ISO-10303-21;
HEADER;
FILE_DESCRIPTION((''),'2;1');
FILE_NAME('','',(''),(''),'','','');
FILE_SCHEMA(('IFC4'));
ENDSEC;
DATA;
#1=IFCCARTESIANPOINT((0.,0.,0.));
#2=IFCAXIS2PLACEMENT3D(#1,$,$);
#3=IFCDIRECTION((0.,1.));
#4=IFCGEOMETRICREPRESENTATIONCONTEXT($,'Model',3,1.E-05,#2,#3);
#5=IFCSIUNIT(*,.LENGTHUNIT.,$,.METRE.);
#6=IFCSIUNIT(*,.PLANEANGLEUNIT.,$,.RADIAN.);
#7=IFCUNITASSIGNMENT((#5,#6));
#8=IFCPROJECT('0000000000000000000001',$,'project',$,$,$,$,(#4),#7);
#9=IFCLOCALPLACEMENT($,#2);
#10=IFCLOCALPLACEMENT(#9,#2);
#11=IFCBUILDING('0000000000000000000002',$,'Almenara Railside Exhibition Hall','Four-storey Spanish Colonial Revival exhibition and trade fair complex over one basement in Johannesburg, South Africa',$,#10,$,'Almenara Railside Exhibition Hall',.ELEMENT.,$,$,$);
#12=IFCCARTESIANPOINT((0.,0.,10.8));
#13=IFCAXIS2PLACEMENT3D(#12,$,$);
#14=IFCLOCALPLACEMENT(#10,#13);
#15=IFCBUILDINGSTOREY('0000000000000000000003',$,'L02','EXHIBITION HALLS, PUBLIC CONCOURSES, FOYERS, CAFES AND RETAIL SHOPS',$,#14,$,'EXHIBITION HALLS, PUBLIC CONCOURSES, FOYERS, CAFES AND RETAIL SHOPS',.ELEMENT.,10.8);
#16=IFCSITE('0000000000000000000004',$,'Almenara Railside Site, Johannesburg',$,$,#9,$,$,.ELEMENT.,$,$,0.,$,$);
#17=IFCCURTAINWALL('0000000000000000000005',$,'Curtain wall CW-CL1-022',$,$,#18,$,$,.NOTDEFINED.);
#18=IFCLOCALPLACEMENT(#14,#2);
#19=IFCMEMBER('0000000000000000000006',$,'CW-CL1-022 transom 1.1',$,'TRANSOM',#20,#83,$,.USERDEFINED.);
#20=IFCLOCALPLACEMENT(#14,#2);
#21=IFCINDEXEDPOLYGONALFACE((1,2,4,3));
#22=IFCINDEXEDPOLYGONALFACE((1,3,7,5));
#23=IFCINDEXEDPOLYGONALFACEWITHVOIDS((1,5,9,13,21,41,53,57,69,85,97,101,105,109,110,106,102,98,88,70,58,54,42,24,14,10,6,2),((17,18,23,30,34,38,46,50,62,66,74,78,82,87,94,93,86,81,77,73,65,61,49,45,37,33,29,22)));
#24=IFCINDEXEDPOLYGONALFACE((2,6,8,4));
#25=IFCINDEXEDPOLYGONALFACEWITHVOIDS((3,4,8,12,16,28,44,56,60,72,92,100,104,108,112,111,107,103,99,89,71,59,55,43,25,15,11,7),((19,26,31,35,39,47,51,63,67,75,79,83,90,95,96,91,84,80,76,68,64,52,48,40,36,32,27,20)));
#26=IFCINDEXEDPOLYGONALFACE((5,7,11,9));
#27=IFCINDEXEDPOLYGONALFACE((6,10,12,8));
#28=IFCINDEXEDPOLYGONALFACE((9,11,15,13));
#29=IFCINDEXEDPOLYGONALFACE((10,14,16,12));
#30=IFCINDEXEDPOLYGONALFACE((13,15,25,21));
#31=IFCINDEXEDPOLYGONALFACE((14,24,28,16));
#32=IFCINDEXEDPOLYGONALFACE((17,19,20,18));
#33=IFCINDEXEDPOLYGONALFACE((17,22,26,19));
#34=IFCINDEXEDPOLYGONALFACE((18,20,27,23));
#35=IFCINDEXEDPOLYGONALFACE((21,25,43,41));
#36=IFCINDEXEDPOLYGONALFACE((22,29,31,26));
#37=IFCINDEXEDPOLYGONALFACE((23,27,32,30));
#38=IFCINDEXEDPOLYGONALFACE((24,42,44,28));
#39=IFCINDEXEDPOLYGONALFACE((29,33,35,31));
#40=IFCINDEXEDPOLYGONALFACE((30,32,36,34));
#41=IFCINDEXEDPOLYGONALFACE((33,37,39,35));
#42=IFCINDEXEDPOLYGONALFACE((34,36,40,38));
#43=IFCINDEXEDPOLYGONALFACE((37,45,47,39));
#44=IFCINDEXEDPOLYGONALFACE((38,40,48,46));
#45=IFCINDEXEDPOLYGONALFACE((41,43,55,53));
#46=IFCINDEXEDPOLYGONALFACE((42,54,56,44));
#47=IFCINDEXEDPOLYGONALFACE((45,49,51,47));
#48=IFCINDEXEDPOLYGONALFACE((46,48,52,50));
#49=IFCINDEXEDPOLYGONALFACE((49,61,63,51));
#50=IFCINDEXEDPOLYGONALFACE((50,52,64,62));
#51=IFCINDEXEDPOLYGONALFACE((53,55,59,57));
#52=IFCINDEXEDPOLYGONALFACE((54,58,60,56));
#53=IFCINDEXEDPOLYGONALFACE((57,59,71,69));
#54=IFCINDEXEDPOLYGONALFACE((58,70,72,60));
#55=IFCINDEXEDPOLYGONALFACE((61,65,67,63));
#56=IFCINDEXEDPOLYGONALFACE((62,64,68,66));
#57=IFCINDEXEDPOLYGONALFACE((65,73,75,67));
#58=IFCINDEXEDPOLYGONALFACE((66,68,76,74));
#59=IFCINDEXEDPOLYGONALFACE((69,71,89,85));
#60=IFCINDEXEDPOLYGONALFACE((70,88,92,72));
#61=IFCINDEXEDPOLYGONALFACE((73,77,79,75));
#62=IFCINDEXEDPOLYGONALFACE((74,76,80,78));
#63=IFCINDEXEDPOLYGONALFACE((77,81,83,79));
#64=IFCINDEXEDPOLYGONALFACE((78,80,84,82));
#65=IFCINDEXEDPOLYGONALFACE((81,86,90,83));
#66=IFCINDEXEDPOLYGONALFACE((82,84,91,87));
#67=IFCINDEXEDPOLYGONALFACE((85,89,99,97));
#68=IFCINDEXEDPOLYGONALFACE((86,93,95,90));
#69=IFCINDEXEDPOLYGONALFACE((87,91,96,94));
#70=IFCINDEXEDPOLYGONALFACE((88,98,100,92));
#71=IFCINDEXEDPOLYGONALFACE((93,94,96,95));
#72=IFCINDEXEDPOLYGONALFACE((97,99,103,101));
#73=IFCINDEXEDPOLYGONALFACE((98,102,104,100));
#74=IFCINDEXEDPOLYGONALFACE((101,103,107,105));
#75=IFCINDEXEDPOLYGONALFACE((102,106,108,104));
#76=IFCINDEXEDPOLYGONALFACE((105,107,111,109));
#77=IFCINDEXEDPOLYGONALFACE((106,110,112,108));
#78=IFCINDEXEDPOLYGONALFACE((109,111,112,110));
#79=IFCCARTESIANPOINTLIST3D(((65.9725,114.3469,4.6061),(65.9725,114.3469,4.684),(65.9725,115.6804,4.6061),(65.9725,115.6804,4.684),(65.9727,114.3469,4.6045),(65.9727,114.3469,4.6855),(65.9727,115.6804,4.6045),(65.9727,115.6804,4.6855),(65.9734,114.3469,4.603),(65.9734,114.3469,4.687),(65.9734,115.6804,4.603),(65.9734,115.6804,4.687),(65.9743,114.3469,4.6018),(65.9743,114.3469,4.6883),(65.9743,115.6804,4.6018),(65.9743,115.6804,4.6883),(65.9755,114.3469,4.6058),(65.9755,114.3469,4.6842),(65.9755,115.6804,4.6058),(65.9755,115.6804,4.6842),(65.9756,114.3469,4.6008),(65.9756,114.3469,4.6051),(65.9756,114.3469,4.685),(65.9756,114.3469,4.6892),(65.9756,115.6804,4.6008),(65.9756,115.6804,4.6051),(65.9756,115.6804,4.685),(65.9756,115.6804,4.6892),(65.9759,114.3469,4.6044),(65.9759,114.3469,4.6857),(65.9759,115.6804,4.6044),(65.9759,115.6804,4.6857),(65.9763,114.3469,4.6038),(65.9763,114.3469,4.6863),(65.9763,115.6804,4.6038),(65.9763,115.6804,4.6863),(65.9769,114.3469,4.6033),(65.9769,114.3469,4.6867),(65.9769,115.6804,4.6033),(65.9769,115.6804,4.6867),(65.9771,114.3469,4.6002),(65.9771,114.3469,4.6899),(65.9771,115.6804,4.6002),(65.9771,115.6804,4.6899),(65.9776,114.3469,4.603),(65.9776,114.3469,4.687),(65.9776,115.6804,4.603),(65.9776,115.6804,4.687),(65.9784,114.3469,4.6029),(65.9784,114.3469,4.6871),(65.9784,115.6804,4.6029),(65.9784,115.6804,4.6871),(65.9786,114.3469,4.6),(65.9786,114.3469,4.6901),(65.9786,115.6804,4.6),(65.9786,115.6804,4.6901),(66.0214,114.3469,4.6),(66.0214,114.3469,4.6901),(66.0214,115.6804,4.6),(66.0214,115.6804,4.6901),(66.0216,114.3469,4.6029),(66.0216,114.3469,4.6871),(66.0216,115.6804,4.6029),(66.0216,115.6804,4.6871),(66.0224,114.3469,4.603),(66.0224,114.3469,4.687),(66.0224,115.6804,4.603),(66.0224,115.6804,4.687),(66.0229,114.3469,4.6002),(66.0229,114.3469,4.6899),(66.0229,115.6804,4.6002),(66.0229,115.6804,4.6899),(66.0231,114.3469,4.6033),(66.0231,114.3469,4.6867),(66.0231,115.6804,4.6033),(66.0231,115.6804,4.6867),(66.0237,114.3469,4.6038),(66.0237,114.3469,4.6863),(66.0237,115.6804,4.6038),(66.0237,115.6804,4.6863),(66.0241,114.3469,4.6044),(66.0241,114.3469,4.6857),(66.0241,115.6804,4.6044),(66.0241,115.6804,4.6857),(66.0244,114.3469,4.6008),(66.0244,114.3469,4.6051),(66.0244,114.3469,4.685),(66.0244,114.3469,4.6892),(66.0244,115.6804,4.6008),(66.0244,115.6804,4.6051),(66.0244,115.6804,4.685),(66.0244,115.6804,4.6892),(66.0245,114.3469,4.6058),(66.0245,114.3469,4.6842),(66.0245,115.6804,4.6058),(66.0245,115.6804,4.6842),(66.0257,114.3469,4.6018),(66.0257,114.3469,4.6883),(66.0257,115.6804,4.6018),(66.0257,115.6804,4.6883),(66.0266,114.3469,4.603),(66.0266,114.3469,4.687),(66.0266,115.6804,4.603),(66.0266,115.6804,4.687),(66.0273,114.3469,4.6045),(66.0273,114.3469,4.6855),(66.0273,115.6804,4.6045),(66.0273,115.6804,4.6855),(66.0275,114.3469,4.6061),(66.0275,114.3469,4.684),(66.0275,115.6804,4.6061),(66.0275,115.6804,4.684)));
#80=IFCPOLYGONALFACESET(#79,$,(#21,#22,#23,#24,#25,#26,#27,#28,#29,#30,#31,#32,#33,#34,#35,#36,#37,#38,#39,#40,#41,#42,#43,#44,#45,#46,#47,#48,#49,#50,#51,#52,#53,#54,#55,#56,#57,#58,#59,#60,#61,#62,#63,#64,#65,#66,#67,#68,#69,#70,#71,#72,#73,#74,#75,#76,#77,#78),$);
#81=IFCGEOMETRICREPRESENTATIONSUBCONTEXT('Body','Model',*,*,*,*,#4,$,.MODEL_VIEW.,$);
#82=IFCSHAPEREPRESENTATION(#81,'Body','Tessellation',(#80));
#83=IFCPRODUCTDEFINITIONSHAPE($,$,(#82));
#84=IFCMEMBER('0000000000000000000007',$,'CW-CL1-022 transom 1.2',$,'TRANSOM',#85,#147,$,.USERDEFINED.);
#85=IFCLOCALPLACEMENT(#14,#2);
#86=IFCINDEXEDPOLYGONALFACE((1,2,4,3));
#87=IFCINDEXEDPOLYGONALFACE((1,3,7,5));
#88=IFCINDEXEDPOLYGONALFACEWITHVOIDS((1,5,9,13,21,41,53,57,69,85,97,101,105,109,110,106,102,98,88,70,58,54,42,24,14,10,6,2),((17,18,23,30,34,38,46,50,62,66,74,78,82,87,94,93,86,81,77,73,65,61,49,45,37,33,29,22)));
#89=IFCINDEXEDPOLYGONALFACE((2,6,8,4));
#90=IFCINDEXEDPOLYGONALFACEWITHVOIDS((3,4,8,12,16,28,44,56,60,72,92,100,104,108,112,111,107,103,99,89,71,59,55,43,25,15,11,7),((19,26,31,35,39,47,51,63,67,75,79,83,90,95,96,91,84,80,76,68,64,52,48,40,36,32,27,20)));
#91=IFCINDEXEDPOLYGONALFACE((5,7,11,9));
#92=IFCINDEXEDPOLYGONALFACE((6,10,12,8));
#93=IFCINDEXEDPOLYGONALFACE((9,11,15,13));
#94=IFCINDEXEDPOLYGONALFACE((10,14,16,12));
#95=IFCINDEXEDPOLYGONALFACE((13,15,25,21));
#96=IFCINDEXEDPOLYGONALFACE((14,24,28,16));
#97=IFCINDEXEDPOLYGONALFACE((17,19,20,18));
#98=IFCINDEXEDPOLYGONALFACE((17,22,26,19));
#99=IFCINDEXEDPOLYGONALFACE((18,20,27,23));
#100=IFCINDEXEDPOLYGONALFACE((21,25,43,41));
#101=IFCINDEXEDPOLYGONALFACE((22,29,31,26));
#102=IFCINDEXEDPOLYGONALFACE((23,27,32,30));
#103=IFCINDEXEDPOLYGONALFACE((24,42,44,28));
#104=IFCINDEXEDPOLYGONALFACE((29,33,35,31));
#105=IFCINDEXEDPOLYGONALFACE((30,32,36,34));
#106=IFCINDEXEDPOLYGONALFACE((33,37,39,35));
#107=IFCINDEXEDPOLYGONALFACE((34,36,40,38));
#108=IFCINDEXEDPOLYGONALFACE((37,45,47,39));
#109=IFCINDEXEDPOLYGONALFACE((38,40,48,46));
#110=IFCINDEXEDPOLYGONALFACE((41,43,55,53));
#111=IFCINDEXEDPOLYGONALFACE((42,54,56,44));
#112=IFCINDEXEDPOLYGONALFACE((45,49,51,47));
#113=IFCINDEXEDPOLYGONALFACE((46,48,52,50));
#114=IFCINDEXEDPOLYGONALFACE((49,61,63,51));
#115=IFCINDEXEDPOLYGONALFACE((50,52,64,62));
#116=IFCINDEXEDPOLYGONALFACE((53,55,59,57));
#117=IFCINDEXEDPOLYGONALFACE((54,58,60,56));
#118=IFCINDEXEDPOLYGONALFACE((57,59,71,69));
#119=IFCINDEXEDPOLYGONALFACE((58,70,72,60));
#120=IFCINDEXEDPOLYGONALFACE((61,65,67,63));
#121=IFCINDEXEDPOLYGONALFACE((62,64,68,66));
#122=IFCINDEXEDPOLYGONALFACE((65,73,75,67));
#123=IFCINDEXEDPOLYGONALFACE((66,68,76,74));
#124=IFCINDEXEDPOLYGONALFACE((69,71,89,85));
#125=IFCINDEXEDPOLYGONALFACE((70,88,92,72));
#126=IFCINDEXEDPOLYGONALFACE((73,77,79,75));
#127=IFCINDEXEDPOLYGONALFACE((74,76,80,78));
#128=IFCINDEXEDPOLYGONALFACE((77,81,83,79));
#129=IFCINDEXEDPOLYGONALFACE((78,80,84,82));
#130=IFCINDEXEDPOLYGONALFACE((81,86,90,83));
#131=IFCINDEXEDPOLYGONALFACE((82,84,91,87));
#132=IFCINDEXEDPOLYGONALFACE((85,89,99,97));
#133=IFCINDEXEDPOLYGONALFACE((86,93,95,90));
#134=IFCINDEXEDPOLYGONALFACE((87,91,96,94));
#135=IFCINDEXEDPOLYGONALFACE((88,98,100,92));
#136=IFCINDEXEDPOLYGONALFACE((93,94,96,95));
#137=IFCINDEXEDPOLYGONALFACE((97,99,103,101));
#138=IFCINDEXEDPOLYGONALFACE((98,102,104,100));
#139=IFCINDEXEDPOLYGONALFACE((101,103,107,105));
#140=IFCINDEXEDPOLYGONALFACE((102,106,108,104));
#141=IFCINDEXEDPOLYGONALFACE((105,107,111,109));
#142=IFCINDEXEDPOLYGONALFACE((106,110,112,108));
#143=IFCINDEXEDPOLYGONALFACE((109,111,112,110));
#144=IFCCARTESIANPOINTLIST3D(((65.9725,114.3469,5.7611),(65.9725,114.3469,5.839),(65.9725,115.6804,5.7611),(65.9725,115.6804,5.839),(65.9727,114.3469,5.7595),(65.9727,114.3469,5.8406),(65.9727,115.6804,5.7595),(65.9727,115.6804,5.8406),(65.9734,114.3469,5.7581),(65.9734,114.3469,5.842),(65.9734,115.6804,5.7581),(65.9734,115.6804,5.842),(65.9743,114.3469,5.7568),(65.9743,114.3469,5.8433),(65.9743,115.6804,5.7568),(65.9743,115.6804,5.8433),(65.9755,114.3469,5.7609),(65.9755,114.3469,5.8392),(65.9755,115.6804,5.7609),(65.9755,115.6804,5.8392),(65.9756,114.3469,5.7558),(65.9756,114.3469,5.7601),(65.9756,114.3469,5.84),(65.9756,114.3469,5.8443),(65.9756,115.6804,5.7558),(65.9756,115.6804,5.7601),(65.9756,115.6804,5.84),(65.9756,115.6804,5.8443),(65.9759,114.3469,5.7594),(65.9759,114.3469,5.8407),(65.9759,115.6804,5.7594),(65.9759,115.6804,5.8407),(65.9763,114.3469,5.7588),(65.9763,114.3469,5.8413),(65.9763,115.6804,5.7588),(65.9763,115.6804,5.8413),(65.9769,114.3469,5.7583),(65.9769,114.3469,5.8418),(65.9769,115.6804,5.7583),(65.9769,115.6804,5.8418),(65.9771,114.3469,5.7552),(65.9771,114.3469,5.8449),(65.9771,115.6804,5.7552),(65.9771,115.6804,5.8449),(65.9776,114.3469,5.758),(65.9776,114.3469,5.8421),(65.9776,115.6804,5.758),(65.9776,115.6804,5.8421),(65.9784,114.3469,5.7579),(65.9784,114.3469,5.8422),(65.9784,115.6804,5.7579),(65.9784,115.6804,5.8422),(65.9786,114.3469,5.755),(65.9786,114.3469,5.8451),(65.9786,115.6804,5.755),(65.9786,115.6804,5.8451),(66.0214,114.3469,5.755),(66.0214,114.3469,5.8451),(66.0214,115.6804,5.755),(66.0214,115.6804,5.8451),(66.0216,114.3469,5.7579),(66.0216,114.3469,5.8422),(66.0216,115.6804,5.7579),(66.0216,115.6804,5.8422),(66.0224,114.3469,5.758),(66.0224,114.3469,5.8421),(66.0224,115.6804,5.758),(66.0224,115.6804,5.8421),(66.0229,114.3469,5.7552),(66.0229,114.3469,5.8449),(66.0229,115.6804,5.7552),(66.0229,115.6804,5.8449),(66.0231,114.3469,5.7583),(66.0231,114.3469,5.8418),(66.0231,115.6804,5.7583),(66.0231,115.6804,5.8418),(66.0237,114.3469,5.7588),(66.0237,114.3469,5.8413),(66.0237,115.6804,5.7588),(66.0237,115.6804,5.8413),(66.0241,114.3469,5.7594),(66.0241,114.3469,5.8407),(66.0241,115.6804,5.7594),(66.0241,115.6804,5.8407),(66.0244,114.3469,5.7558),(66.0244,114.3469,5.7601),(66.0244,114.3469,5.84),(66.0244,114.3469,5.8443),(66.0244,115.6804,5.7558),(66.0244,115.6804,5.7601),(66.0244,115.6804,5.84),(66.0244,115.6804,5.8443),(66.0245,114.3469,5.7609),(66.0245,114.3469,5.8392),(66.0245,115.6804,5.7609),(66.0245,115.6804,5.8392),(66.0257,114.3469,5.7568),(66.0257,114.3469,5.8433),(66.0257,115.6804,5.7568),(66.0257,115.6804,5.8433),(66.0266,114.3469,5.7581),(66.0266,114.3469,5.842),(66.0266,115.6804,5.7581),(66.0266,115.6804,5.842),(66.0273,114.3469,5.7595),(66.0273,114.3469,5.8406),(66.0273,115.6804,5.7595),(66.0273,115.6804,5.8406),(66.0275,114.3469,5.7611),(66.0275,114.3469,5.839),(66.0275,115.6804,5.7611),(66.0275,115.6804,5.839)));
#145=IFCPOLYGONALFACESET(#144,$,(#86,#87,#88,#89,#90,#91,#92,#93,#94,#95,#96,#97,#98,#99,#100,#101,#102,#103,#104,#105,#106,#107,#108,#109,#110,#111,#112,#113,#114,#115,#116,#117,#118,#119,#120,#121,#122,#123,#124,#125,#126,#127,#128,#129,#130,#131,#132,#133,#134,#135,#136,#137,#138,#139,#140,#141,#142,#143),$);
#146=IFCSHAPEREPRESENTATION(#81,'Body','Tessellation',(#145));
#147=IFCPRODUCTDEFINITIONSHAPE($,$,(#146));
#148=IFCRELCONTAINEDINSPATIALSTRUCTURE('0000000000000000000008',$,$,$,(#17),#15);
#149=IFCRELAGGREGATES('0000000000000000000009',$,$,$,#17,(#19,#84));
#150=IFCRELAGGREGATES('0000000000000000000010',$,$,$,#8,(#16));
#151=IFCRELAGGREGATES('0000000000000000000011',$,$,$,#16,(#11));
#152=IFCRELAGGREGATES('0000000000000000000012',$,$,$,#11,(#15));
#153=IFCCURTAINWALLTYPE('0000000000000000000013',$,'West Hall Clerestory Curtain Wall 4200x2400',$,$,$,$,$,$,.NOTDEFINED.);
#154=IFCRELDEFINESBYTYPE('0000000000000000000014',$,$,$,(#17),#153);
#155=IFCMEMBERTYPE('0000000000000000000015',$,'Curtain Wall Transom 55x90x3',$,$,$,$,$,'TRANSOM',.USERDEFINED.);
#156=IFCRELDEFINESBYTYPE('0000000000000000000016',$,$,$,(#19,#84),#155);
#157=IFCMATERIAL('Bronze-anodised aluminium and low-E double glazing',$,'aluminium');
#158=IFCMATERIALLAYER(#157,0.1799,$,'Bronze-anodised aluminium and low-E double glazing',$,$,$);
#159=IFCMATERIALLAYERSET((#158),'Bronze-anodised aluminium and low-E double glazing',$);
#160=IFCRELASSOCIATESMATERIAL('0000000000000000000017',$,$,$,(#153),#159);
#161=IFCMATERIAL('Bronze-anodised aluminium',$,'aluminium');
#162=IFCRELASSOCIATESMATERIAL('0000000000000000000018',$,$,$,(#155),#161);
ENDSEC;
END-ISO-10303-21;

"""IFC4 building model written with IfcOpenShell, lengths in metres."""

from ifc_helpers import new_model, si_unit, direction, frame, origin, origin_2d, place, context, subcontext, project, spatial, hollow_rectangle, extrude, material, layer, layer_set, material_profile, profile_set, type_object, element, aggregate, save


model = new_model("IFC4")

# Units and contexts
model_context = context("Model", 3, precision=1e-05, world=origin(), true_north=direction((0.0, 1.0)))
body_context = subcontext(model_context, "Body", "Model", "MODEL_VIEW")
ifc_project = project(units=[si_unit("LENGTHUNIT", "METRE"), si_unit("PLANEANGLEUNIT", "RADIAN")], contexts=[model_context])

# Site, building, storey
site_placement = place(None, origin())
site = spatial("IfcSite", under=ifc_project, at=site_placement, Name="Almenara Railside Site, Johannesburg", CompositionType="ELEMENT", RefElevation=0.0)
building_placement = place(site_placement, origin())
building = spatial("IfcBuilding", under=site, at=building_placement, Name="Almenara Railside Exhibition Hall", Description="Four-storey Spanish Colonial Revival exhibition and trade fair complex over one basement in Johannesburg, South Africa", LongName="Almenara Railside Exhibition Hall", CompositionType="ELEMENT")
storey_placement = place(building_placement, frame((0.0, 0.0, 10.8)))
storey = spatial("IfcBuildingStorey", under=building, at=storey_placement, Name="L02", Description="EXHIBITION HALLS, PUBLIC CONCOURSES, FOYERS, CAFES AND RETAIL SHOPS", LongName="EXHIBITION HALLS, PUBLIC CONCOURSES, FOYERS, CAFES AND RETAIL SHOPS", CompositionType="ELEMENT", Elevation=10.8)

# Curtain wall
ifc_material_1 = material(Name="Bronze-anodised aluminium and low-E double glazing", Category="aluminium")
ifc_layer_1 = layer(ifc_material_1, 0.1799, Name="Bronze-anodised aluminium and low-E double glazing")
ifc_layer_set_1 = layer_set([ifc_layer_1], Name="Bronze-anodised aluminium and low-E double glazing")
curtain_wall_type = type_object("IfcCurtainWallType", Name="West Hall Clerestory Curtain Wall 4200x2400", PredefinedType="NOTDEFINED", material=ifc_layer_set_1)
curtain_wall_1_placement = place(storey_placement, origin())
curtain_wall_1 = element("IfcCurtainWall", 1, at=curtain_wall_1_placement, inside=storey, type_object=curtain_wall_type, Name="Curtain wall CW-CL1-022", PredefinedType="NOTDEFINED")
ifc_material_2 = material(Name="Bronze-anodised aluminium", Category="aluminium")

# Members
ifc_material_profile_1 = material_profile(ifc_material_2, hollow_rectangle(XDim=0.0549, YDim=0.0901, WallThickness=0.0029, InnerFilletRadius=0.0029, OuterFilletRadius=0.0061, at=origin_2d()), Name="ALU-TRN 55x90x3")
ifc_profile_set_1 = profile_set([ifc_material_profile_1], Name="Bronze-anodised aluminium")
member_type_1 = type_object("IfcMemberType", Name="Curtain Wall Transom 55x90x3", ElementType="TRANSOM", PredefinedType="USERDEFINED", material=ifc_profile_set_1)
member_1_placement = place(storey_placement, frame((66.0, 114.3469, 4.645), z_axis=(0.0, 1.0, 0.0), x_axis=(-1.0, 0.0, 0.0)))
member_1 = element("IfcMember", 2, at=member_1_placement, type_object=member_type_1, Name="CW-CL1-022 transom 1.1", ObjectType="TRANSOM", PredefinedType="USERDEFINED", context=body_context, shape_type="SweptSolid", body=[
    extrude(hollow_rectangle(XDim=0.0549, YDim=0.0901, WallThickness=0.0029, InnerFilletRadius=0.0029, OuterFilletRadius=0.0061, at=origin_2d()), origin(), (0.0, 0.0, 1.0), 1.3335),
])
member_2_placement = place(storey_placement, frame((66.0, 114.3469, 5.8), z_axis=(0.0, 1.0, 0.0), x_axis=(-1.0, 0.0, 0.0)))
member_2 = element("IfcMember", 3, at=member_2_placement, type_object=member_type_1, Name="CW-CL1-022 transom 1.2", ObjectType="TRANSOM", PredefinedType="USERDEFINED", context=body_context, shape_type="SweptSolid", body=[
    extrude(hollow_rectangle(XDim=0.0549, YDim=0.0901, WallThickness=0.0029, InnerFilletRadius=0.0029, OuterFilletRadius=0.0061, at=origin_2d()), origin(), (0.0, 0.0, 1.0), 1.3335),
])

aggregate(curtain_wall_1, [member_1, member_2])

save(model, "model.ifc")
